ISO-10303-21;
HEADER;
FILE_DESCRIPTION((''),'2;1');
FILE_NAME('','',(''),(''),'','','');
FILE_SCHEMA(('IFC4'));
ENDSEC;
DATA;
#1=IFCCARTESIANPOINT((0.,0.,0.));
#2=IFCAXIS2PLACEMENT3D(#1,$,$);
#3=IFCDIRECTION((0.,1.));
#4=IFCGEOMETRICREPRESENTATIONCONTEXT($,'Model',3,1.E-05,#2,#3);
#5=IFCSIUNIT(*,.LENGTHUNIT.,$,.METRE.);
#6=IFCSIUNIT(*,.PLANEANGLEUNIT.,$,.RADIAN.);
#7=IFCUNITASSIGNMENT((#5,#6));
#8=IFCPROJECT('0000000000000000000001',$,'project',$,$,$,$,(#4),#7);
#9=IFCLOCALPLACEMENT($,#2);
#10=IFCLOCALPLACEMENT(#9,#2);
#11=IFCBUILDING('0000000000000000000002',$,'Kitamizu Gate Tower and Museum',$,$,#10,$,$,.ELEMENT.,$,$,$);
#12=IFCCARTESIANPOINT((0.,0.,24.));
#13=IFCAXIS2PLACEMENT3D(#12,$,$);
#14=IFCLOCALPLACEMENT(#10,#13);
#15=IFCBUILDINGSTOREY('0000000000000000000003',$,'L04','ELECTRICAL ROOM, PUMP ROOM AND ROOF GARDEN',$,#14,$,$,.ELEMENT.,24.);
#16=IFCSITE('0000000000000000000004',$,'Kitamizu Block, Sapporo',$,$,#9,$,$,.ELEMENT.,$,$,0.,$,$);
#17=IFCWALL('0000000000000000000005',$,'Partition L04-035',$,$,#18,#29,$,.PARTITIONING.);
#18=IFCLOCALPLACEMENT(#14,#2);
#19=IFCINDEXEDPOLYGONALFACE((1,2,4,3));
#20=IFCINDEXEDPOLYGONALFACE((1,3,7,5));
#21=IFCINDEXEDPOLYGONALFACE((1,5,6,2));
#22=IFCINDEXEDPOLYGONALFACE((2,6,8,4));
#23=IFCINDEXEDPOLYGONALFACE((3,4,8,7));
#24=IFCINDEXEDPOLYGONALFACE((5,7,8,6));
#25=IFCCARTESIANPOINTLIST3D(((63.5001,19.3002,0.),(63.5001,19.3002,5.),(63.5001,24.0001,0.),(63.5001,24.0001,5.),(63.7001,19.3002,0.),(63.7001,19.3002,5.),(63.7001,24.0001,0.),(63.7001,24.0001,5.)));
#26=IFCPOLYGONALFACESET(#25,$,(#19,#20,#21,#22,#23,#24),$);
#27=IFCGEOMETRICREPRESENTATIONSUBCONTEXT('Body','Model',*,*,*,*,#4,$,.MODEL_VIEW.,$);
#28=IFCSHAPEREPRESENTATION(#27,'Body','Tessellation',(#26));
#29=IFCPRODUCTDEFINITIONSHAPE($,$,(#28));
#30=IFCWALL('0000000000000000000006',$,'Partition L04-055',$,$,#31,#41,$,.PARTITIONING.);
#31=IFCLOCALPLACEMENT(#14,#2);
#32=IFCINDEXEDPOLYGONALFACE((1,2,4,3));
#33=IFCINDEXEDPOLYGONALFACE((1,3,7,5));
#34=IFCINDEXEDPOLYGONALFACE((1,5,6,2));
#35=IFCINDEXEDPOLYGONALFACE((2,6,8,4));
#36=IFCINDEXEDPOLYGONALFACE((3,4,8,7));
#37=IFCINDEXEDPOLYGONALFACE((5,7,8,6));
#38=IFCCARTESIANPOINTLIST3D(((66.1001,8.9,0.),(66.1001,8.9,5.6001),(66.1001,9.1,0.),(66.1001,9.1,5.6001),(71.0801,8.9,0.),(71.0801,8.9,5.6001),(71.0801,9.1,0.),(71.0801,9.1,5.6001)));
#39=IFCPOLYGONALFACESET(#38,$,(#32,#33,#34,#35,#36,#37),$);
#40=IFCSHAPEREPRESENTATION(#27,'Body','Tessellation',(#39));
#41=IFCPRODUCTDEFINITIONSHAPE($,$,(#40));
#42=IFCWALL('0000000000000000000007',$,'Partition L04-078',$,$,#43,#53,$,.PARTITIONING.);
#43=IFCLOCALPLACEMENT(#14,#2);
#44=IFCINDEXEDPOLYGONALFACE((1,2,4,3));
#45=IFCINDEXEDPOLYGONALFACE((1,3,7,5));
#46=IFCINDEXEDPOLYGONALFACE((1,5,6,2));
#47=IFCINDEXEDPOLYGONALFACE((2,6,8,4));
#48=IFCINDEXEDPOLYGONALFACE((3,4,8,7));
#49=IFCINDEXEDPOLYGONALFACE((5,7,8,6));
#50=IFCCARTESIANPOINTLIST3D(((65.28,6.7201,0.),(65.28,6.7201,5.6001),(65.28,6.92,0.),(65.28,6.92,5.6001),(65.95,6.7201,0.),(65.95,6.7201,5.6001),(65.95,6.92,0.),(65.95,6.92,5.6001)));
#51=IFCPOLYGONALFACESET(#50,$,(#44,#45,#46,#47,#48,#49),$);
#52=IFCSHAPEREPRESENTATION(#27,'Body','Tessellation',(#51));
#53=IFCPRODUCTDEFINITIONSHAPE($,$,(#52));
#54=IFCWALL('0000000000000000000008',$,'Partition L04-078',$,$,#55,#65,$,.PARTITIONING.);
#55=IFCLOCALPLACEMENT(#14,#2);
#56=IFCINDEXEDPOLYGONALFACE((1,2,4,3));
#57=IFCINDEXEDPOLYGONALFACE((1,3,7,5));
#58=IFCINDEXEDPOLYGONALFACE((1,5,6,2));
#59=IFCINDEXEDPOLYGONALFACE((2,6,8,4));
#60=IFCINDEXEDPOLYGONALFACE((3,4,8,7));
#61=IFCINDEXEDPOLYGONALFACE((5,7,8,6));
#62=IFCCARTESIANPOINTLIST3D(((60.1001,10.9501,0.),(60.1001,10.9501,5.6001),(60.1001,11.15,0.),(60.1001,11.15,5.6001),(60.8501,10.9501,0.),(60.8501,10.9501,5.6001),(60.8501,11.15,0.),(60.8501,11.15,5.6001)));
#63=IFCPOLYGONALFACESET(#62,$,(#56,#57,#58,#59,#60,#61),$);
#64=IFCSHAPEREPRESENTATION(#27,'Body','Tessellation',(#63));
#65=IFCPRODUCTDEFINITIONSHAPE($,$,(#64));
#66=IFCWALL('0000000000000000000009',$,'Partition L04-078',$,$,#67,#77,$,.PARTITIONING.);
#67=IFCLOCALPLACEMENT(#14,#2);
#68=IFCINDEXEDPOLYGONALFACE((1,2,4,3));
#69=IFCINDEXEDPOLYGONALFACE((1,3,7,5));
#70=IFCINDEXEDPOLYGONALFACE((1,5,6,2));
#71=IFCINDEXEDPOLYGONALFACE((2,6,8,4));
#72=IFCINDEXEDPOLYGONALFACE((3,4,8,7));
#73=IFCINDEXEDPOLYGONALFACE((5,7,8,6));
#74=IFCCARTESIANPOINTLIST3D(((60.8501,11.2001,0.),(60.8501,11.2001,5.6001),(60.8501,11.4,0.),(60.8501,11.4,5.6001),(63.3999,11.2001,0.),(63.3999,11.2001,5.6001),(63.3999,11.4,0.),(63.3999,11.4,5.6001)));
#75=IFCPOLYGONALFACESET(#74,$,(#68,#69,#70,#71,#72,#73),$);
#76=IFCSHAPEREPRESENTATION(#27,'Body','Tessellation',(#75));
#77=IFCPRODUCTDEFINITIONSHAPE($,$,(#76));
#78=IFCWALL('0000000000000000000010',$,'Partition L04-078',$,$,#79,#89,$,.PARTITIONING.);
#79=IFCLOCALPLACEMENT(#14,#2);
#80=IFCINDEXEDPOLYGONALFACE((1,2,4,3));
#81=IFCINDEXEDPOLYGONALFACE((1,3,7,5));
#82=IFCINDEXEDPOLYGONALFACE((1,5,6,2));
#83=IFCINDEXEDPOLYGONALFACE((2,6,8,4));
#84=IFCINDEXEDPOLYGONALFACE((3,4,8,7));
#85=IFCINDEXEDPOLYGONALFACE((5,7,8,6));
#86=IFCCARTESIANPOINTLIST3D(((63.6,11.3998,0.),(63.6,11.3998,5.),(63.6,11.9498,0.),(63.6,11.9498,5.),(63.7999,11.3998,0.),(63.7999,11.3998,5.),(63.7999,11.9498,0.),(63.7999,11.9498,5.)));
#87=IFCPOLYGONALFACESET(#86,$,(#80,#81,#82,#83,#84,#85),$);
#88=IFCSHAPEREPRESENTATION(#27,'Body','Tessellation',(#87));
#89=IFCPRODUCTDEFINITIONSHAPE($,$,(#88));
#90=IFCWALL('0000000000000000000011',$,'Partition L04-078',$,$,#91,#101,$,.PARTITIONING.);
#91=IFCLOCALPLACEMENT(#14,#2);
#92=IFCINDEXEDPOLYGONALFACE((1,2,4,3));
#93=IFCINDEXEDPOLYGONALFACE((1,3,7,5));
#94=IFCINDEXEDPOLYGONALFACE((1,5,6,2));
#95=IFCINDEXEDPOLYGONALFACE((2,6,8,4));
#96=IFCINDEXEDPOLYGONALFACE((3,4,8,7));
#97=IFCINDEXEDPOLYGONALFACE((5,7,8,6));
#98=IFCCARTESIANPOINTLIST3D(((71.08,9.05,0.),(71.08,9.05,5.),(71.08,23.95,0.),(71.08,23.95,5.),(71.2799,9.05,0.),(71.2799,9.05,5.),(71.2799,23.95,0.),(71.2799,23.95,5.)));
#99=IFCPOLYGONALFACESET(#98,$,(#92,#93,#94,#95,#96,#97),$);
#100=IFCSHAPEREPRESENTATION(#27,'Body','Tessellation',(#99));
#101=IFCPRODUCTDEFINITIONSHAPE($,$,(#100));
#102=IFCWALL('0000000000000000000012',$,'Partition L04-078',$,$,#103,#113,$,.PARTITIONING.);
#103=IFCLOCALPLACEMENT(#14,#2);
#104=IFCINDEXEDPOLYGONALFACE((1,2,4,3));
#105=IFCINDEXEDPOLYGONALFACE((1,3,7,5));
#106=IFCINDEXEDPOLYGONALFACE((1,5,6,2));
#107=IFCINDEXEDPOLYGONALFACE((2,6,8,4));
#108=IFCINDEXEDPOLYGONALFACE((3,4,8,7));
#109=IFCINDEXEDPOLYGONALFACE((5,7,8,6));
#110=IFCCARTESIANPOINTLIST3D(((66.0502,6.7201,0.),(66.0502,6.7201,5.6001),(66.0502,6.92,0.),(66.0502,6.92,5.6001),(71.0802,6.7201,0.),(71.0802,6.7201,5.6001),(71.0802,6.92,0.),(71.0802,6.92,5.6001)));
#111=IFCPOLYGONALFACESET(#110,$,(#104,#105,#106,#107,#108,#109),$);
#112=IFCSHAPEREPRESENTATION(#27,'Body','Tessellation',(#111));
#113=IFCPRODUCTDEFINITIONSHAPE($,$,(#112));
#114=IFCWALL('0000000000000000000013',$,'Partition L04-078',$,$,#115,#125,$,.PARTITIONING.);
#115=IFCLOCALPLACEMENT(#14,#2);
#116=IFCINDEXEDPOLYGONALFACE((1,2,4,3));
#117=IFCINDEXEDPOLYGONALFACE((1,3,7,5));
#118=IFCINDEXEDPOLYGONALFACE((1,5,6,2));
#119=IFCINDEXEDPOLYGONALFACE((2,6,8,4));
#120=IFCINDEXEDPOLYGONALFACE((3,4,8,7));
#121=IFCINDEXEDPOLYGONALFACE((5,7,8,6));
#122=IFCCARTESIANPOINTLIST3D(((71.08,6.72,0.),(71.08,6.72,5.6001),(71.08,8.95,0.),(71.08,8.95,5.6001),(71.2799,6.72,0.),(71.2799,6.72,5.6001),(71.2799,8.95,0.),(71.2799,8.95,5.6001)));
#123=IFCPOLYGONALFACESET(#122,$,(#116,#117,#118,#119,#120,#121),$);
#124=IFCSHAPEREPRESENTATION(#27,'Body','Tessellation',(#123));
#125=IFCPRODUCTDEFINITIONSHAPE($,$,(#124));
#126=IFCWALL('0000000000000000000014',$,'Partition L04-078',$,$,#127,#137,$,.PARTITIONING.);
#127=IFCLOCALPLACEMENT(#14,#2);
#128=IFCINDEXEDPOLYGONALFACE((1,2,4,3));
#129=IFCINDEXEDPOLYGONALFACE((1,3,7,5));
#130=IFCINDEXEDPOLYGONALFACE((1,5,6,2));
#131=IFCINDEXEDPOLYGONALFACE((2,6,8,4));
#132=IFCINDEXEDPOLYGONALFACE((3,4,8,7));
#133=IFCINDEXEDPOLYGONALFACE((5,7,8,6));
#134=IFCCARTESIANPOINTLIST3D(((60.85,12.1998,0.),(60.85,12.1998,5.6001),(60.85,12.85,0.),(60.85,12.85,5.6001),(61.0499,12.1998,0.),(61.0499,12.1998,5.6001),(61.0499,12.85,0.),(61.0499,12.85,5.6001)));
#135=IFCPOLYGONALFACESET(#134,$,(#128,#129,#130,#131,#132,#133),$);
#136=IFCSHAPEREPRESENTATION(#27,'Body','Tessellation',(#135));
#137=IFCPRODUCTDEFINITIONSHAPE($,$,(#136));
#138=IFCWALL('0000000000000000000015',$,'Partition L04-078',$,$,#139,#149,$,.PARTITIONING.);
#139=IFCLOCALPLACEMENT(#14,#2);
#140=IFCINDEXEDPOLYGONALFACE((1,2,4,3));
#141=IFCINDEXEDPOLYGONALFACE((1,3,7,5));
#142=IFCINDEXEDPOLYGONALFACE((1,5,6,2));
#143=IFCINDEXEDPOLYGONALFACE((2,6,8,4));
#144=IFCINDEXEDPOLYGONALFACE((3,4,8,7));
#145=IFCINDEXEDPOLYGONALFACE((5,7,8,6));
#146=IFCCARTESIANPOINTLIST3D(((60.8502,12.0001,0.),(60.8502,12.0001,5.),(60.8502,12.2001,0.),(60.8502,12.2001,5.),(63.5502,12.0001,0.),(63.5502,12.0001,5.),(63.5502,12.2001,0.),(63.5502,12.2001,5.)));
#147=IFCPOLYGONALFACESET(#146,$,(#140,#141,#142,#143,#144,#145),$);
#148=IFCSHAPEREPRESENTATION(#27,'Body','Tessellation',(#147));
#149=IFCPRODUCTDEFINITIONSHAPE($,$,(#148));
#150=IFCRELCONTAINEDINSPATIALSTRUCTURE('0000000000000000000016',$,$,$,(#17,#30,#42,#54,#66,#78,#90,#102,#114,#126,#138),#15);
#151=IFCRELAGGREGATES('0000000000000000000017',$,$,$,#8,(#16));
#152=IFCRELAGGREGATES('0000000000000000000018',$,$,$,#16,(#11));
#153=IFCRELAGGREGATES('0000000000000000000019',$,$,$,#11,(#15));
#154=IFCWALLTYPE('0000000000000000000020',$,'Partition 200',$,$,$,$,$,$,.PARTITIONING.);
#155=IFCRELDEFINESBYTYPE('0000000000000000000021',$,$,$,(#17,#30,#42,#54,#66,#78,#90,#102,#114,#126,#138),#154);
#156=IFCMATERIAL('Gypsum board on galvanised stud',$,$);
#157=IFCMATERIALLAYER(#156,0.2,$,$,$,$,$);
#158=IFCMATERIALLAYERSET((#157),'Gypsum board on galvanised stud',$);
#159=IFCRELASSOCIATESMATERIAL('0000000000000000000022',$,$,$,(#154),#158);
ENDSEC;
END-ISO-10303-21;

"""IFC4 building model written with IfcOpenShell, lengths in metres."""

from ifc_helpers import new_model, si_unit, direction, frame, frame_2d, origin, place, context, subcontext, project, spatial, rectangle, extrude, material, layer, layer_set, type_object, element, save


model = new_model("IFC4")

# Units and contexts
model_context = context("Model", 3, precision=1e-05, world=origin(), true_north=direction((0.0, 1.0)))
body_context = subcontext(model_context, "Body", "Model", "MODEL_VIEW")
ifc_project = project(units=[si_unit("LENGTHUNIT", "METRE"), si_unit("PLANEANGLEUNIT", "RADIAN")], contexts=[model_context])

# Site, building, storey
site_placement = place(None, origin())
site = spatial("IfcSite", under=ifc_project, at=site_placement, Name="Kitamizu Block, Sapporo", CompositionType="ELEMENT", RefElevation=0.0)
building_placement = place(site_placement, origin())
building = spatial("IfcBuilding", under=site, at=building_placement, Name="Kitamizu Gate Tower and Museum", CompositionType="ELEMENT")
storey_placement = place(building_placement, frame((0.0, 0.0, 24.0)))
storey = spatial("IfcBuildingStorey", under=building, at=storey_placement, Name="L04", Description="ELECTRICAL ROOM, PUMP ROOM AND ROOF GARDEN", CompositionType="ELEMENT", Elevation=24.0)

# Shared definitions
ifc_material_1 = material(Name="Gypsum board on galvanised stud")
ifc_layer = layer(ifc_material_1, 0.2)
ifc_layer_set = layer_set([ifc_layer], Name="Gypsum board on galvanised stud")
wall_type = type_object("IfcWallType", Name="Partition 200", PredefinedType="PARTITIONING", material=ifc_layer_set)

# Walls
wall_1_placement = place(storey_placement, frame((63.6001, 19.3, 0.0), z_axis=(0.0, 0.0, 1.0), x_axis=(0.0, 1.0, 0.0)))
element("IfcWall", 1, at=wall_1_placement, inside=storey, type_object=wall_type, Name="Partition L04-035", PredefinedType="PARTITIONING", context=body_context, shape_type="SweptSolid", body=[
    extrude(rectangle(XDim=4.7, YDim=0.2, at=frame_2d((2.3501, 0.0))), origin(), (0.0, 0.0, 1.0), 5.0),
])
wall_2_placement = place(storey_placement, frame((66.1001, 9.0, 0.0), z_axis=(0.0, 0.0, 1.0), x_axis=(1.0, 0.0, 0.0)))
element("IfcWall", 2, at=wall_2_placement, inside=storey, type_object=wall_type, Name="Partition L04-055", PredefinedType="PARTITIONING", context=body_context, shape_type="SweptSolid", body=[
    extrude(rectangle(XDim=4.98, YDim=0.2, at=frame_2d((2.49, 0.0))), origin(), (0.0, 0.0, 1.0), 5.6001),
])
wall_3_placement = place(storey_placement, frame((65.28, 6.8201, 0.0), z_axis=(0.0, 0.0, 1.0), x_axis=(1.0, 0.0, 0.0)))
element("IfcWall", 3, at=wall_3_placement, inside=storey, type_object=wall_type, Name="Partition L04-078", PredefinedType="PARTITIONING", context=body_context, shape_type="SweptSolid", body=[
    extrude(rectangle(XDim=0.6699, YDim=0.2, at=frame_2d((0.335, 0.0))), origin(), (0.0, 0.0, 1.0), 5.6001),
])
wall_4_placement = place(storey_placement, frame((60.1001, 11.05, 0.0), z_axis=(0.0, 0.0, 1.0), x_axis=(1.0, 0.0, 0.0)))
element("IfcWall", 4, at=wall_4_placement, inside=storey, type_object=wall_type, Name="Partition L04-078", PredefinedType="PARTITIONING", context=body_context, shape_type="SweptSolid", body=[
    extrude(rectangle(XDim=0.75, YDim=0.2, at=frame_2d((0.375, 0.0))), origin(), (0.0, 0.0, 1.0), 5.6001),
])
wall_5_placement = place(storey_placement, frame((60.8501, 11.3, 0.0), z_axis=(0.0, 0.0, 1.0), x_axis=(1.0, 0.0, 0.0)))
element("IfcWall", 5, at=wall_5_placement, inside=storey, type_object=wall_type, Name="Partition L04-078", PredefinedType="PARTITIONING", context=body_context, shape_type="SweptSolid", body=[
    extrude(rectangle(XDim=2.5498, YDim=0.2, at=frame_2d((1.2749, 0.0))), origin(), (0.0, 0.0, 1.0), 5.6001),
])
wall_6_placement = place(storey_placement, frame((63.7, 11.3999, 0.0), z_axis=(0.0, 0.0, 1.0), x_axis=(0.0, 1.0, 0.0)))
element("IfcWall", 6, at=wall_6_placement, inside=storey, type_object=wall_type, Name="Partition L04-078", PredefinedType="PARTITIONING", context=body_context, shape_type="SweptSolid", body=[
    extrude(rectangle(XDim=0.55, YDim=0.2, at=frame_2d((0.2749, 0.0))), origin(), (0.0, 0.0, 1.0), 5.0),
])
wall_7_placement = place(storey_placement, frame((71.1799, 9.05, 0.0), z_axis=(0.0, 0.0, 1.0), x_axis=(0.0, 1.0, 0.0)))
element("IfcWall", 7, at=wall_7_placement, inside=storey, type_object=wall_type, Name="Partition L04-078", PredefinedType="PARTITIONING", context=body_context, shape_type="SweptSolid", body=[
    extrude(rectangle(XDim=14.8999, YDim=0.2, at=frame_2d((7.45, 0.0))), origin(), (0.0, 0.0, 1.0), 5.0),
])
wall_8_placement = place(storey_placement, frame((66.05, 6.8201, 0.0), z_axis=(0.0, 0.0, 1.0), x_axis=(1.0, 0.0, 0.0)))
element("IfcWall", 8, at=wall_8_placement, inside=storey, type_object=wall_type, Name="Partition L04-078", PredefinedType="PARTITIONING", context=body_context, shape_type="SweptSolid", body=[
    extrude(rectangle(XDim=5.03, YDim=0.2, at=frame_2d((2.5151, 0.0))), origin(), (0.0, 0.0, 1.0), 5.6001),
])
wall_9_placement = place(storey_placement, frame((71.1799, 6.72, 0.0), z_axis=(0.0, 0.0, 1.0), x_axis=(0.0, 1.0, 0.0)))
element("IfcWall", 9, at=wall_9_placement, inside=storey, type_object=wall_type, Name="Partition L04-078", PredefinedType="PARTITIONING", context=body_context, shape_type="SweptSolid", body=[
    extrude(rectangle(XDim=2.23, YDim=0.2, at=frame_2d((1.115, 0.0))), origin(), (0.0, 0.0, 1.0), 5.6001),
])
wall_10_placement = place(storey_placement, frame((60.95, 12.8501, 0.0), z_axis=(0.0, 0.0, 1.0), x_axis=(0.0, -1.0, 0.0)))
element("IfcWall", 10, at=wall_10_placement, inside=storey, type_object=wall_type, Name="Partition L04-078", PredefinedType="PARTITIONING", context=body_context, shape_type="SweptSolid", body=[
    extrude(rectangle(XDim=0.6501, YDim=0.2, at=frame_2d((0.3252, 0.0))), origin(), (0.0, 0.0, 1.0), 5.6001),
])
wall_11_placement = place(storey_placement, frame((60.8501, 12.1001, 0.0), z_axis=(0.0, 0.0, 1.0), x_axis=(1.0, 0.0, 0.0)))
element("IfcWall", 11, at=wall_11_placement, inside=storey, type_object=wall_type, Name="Partition L04-078", PredefinedType="PARTITIONING", context=body_context, shape_type="SweptSolid", body=[
    extrude(rectangle(XDim=2.7, YDim=0.2, at=frame_2d((1.3501, 0.0))), origin(), (0.0, 0.0, 1.0), 5.0),
])

save(model, "model.ifc")
